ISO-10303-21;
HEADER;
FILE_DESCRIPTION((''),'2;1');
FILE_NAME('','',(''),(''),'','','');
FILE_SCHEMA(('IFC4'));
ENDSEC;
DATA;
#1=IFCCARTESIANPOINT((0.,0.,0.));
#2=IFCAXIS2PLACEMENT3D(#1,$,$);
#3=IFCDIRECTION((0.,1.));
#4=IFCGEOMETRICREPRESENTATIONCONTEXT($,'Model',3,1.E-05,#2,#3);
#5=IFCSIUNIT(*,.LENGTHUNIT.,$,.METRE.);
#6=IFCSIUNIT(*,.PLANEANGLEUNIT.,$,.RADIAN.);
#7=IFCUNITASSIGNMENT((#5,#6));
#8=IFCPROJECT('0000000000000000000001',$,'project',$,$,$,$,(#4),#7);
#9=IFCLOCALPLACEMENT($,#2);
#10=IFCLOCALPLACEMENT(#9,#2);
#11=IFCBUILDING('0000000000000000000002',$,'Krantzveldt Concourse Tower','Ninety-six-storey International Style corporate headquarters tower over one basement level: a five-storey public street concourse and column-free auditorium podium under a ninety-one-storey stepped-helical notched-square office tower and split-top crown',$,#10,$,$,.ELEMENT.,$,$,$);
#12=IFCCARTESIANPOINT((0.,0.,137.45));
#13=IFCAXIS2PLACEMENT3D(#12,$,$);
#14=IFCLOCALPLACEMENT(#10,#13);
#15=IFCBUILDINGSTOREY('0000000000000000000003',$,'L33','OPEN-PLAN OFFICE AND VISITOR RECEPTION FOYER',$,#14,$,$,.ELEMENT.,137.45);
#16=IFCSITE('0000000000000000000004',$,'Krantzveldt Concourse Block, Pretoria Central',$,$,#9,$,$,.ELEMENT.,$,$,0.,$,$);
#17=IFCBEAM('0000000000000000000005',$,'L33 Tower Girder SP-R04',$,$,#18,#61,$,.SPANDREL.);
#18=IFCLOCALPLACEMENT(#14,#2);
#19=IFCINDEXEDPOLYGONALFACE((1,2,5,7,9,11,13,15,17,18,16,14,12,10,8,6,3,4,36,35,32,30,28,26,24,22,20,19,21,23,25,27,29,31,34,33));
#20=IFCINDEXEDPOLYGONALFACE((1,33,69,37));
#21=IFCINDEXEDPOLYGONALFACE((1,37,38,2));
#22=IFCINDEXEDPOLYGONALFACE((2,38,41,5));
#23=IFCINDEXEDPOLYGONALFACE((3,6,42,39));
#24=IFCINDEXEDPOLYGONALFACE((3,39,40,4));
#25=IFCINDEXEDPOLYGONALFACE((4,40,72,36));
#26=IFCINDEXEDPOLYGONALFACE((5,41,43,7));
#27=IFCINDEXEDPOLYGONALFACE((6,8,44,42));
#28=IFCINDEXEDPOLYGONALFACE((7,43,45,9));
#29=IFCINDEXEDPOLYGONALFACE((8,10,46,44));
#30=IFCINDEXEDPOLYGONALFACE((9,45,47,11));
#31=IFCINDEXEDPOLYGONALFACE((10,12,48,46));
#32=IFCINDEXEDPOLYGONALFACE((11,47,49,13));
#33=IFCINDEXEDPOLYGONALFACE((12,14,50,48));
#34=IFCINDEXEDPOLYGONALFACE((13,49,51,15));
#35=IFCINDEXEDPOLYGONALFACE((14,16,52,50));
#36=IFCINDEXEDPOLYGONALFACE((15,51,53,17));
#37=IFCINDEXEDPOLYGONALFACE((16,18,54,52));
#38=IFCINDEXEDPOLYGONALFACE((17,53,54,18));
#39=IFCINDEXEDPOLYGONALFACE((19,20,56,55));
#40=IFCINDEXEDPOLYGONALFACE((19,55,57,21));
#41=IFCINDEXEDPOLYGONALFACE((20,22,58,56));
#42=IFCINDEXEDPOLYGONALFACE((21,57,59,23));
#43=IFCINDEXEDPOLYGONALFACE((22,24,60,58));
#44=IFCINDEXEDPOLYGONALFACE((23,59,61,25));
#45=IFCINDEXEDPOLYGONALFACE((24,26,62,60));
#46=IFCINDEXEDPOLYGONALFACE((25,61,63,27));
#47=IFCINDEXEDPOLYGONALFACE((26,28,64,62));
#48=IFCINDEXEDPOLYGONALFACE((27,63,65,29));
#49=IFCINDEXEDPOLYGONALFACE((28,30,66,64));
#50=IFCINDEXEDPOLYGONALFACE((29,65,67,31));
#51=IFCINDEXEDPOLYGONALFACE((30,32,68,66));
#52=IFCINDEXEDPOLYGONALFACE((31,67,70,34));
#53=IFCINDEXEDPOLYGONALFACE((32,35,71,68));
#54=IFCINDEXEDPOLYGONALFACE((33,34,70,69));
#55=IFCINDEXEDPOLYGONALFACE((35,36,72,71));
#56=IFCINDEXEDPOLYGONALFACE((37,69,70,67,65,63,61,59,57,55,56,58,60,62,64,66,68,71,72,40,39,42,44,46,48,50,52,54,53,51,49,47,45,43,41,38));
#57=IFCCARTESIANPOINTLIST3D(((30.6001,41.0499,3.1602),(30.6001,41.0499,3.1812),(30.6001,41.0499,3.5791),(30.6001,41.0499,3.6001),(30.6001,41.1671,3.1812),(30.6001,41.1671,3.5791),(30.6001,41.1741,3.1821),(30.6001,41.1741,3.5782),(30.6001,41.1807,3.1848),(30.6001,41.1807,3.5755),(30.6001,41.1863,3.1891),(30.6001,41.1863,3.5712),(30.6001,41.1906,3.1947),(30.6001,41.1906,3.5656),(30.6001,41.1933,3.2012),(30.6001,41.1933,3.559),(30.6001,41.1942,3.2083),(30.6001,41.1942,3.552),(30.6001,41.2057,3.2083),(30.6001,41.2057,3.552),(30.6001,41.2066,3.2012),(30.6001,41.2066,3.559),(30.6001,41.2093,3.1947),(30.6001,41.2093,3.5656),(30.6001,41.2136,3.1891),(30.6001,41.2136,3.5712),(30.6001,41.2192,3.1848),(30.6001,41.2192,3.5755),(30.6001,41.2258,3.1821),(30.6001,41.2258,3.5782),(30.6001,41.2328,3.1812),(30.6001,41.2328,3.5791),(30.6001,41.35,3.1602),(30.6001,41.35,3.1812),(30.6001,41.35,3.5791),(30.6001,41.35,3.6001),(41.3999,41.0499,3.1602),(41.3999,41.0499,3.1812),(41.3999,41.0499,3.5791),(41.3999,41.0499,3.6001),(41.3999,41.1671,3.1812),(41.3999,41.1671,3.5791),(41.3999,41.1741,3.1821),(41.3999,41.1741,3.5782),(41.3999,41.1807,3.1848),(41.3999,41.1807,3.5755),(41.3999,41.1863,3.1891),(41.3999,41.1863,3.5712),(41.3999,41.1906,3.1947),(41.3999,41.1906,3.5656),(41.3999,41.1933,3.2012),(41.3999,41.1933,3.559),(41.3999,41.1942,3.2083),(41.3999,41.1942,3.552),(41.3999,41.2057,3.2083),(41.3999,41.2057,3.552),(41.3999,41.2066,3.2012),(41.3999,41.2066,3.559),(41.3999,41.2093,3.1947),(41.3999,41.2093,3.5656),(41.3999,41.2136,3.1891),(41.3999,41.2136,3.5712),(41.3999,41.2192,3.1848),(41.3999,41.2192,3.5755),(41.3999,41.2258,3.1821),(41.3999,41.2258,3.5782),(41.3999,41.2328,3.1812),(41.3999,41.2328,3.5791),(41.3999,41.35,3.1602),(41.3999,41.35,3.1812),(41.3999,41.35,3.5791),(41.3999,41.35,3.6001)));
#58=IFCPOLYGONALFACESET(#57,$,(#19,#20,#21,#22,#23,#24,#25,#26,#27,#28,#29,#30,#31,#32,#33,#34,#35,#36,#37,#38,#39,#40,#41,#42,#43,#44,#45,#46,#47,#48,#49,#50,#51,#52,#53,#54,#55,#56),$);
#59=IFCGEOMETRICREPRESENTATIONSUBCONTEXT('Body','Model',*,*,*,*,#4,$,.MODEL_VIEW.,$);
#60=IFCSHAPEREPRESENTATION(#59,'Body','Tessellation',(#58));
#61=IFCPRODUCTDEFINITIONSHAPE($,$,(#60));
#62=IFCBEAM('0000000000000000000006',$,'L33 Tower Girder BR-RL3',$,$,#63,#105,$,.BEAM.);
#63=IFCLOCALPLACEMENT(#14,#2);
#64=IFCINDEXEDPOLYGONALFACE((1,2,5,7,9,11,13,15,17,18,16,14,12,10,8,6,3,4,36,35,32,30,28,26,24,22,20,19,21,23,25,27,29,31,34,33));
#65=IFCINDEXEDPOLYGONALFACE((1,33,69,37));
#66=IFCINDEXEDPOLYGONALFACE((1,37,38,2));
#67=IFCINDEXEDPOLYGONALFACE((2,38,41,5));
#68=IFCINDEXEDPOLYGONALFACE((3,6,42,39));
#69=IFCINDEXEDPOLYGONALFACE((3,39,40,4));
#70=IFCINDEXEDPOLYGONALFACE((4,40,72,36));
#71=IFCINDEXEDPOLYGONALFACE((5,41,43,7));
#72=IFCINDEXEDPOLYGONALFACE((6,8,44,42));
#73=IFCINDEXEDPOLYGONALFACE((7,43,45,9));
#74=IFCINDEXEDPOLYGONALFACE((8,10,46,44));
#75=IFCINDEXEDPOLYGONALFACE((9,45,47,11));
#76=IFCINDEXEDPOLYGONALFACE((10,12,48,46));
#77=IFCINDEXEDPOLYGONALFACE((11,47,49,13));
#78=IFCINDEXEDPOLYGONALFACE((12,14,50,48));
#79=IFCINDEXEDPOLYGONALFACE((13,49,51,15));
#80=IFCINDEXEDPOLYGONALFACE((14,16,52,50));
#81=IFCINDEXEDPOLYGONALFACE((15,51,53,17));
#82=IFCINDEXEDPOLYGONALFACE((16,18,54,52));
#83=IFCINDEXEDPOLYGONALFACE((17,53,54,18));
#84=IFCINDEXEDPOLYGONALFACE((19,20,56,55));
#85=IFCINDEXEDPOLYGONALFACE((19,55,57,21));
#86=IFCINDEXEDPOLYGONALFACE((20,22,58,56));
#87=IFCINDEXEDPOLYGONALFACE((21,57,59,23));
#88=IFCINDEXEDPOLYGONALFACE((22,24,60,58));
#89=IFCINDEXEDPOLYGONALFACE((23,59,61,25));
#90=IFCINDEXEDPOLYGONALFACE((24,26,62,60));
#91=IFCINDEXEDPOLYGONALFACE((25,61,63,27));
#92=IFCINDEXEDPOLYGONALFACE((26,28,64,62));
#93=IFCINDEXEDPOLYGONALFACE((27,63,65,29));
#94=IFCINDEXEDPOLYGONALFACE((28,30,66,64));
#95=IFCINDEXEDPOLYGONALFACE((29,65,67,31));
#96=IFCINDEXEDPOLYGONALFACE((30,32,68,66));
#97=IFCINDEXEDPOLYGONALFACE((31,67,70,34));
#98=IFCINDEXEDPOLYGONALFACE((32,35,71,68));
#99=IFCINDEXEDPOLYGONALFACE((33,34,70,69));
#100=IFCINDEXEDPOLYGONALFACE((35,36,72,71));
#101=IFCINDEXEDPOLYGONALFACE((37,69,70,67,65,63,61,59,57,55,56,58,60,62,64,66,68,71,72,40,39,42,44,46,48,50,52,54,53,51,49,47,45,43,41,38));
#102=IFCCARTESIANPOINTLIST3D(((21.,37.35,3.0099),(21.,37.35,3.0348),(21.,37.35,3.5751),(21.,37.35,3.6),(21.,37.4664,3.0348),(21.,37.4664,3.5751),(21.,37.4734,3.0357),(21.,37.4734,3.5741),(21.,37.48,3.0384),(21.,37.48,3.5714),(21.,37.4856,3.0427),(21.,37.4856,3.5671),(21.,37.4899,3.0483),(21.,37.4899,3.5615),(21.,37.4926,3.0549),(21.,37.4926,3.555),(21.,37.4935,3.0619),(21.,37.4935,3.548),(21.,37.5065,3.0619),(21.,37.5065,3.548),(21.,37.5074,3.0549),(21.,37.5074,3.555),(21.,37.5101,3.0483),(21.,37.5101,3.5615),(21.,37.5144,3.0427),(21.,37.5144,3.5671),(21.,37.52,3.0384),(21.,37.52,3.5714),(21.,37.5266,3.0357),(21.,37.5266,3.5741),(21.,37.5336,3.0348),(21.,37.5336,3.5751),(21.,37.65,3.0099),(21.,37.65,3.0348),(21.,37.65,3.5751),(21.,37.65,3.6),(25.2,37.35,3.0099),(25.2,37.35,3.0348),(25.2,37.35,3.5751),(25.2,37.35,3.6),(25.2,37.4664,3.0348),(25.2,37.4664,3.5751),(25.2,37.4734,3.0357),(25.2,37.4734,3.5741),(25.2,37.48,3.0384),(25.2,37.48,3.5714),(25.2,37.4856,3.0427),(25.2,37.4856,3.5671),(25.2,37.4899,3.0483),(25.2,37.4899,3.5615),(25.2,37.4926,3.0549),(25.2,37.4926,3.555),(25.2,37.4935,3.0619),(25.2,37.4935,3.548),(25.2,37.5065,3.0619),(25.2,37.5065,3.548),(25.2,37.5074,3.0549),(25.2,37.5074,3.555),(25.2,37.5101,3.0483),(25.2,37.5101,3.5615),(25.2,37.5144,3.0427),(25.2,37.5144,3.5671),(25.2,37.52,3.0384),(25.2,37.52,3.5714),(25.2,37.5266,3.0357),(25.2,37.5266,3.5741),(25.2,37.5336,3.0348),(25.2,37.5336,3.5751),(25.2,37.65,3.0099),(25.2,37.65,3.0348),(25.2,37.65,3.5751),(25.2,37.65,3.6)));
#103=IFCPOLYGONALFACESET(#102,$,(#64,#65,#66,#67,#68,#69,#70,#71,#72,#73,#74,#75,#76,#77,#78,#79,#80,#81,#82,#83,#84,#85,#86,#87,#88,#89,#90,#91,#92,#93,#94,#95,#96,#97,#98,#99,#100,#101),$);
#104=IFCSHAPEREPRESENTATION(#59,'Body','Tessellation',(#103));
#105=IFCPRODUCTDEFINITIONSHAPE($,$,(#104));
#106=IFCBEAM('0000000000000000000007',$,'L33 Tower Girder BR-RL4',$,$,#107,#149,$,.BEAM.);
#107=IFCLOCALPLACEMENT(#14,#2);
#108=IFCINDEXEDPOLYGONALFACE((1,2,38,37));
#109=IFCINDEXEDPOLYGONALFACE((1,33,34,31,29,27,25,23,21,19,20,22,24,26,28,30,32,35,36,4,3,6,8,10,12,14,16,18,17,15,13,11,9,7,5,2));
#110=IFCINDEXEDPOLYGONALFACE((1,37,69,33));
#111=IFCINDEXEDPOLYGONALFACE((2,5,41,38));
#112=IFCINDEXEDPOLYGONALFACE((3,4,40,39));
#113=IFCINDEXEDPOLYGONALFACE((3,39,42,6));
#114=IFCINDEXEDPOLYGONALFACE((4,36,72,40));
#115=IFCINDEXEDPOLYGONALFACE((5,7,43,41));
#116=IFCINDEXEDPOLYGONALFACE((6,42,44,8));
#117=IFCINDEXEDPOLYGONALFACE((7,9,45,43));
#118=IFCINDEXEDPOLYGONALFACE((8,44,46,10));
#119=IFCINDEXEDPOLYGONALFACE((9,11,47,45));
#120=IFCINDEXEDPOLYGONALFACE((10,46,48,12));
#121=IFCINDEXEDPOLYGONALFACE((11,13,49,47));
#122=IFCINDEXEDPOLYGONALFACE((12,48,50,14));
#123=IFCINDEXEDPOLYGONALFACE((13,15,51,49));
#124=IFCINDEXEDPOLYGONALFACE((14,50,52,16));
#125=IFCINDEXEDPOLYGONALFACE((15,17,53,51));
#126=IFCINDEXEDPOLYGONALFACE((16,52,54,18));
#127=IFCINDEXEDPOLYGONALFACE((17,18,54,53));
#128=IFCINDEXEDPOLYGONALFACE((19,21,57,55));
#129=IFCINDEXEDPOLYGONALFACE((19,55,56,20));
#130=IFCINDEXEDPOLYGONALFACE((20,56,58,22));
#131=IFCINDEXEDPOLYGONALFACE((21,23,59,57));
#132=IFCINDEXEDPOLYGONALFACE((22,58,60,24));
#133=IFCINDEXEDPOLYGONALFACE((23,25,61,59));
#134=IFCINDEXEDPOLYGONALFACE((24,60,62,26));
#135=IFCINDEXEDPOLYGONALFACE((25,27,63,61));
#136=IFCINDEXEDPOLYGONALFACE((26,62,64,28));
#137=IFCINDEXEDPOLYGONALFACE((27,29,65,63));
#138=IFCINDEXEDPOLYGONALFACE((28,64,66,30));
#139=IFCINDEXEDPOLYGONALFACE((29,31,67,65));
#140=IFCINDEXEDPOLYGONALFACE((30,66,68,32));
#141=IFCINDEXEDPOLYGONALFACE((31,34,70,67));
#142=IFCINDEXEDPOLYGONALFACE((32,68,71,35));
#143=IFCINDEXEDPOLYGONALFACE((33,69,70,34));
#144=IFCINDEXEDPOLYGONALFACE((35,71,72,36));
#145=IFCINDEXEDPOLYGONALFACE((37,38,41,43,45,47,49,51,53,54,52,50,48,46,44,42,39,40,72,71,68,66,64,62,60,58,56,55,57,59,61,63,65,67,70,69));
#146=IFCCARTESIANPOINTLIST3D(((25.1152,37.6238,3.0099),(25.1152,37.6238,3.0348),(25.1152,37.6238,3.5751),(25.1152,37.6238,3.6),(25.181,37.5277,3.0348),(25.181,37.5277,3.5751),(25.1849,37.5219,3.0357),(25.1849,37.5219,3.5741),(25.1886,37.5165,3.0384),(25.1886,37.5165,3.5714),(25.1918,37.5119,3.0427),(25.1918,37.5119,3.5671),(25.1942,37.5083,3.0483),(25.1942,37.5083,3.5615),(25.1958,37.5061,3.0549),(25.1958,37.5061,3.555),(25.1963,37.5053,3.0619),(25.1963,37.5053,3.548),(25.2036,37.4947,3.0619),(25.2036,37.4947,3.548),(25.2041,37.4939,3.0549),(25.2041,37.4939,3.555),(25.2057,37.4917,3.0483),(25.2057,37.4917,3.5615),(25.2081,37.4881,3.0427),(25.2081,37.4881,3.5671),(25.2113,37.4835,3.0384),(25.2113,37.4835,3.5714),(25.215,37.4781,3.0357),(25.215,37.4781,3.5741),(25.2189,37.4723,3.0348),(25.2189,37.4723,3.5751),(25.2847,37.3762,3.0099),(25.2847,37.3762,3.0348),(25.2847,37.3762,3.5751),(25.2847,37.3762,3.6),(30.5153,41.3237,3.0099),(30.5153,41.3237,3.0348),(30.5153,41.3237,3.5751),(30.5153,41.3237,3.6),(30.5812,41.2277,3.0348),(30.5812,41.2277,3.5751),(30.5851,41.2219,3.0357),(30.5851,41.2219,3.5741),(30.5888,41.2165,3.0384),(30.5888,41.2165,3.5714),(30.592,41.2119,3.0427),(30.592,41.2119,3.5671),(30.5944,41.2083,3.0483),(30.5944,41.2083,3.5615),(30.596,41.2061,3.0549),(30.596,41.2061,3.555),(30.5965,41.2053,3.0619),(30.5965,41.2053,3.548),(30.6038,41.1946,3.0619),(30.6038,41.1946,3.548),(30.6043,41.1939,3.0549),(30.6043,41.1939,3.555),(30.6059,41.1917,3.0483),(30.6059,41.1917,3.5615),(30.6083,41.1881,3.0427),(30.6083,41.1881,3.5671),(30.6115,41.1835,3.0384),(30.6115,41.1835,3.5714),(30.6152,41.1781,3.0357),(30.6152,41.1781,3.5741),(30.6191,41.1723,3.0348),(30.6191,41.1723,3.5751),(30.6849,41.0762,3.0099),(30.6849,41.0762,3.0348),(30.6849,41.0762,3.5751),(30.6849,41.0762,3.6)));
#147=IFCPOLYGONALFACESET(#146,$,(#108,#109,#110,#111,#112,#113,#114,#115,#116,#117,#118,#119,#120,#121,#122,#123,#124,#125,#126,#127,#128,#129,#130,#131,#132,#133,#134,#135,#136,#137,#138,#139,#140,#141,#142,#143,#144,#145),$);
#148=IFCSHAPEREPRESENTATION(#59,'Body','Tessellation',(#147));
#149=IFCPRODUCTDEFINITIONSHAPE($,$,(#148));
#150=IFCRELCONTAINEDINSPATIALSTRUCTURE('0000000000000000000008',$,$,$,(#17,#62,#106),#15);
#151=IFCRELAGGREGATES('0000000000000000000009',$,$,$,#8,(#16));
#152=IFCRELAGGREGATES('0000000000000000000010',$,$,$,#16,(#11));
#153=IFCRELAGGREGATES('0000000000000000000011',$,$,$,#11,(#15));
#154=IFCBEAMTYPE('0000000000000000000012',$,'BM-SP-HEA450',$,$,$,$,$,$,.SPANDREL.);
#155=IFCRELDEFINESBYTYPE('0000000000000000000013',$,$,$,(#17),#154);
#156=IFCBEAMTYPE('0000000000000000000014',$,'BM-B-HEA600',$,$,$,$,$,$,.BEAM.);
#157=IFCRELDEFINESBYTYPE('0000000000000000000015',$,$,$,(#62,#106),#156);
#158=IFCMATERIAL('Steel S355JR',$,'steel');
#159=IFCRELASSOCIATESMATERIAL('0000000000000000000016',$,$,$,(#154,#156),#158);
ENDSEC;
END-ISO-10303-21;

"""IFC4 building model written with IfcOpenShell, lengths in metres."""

from ifc_helpers import new_model, si_unit, direction, frame, origin, origin_2d, place, context, subcontext, project, spatial, i_section, extrude, source, transform, mapped, material, material_profile, profile_set, type_object, type_shapes, element, save


model = new_model("IFC4")

# Units and contexts
model_context = context("Model", 3, precision=1e-05, world=origin(), true_north=direction((0.0, 1.0)))
body_context = subcontext(model_context, "Body", "Model", "MODEL_VIEW")
ifc_project = project(units=[si_unit("LENGTHUNIT", "METRE"), si_unit("PLANEANGLEUNIT", "RADIAN")], contexts=[model_context])

# Site, building, storey
site_placement = place(None, origin())
site = spatial("IfcSite", under=ifc_project, at=site_placement, Name="Krantzveldt Concourse Block, Pretoria Central", CompositionType="ELEMENT", RefElevation=0.0)
building_placement = place(site_placement, origin())
building = spatial("IfcBuilding", under=site, at=building_placement, Name="Krantzveldt Concourse Tower", Description="Ninety-six-storey International Style corporate headquarters tower over one basement level: a five-storey public street concourse and column-free auditorium podium under a ninety-one-storey stepped-helical notched-square office tower and split-top crown", CompositionType="ELEMENT")
storey_placement = place(building_placement, frame((0.0, 0.0, 137.45)))
storey = spatial("IfcBuildingStorey", under=building, at=storey_placement, Name="L33", Description="OPEN-PLAN OFFICE AND VISITOR RECEPTION FOYER", CompositionType="ELEMENT", Elevation=137.45)

# Beams
ifc_material_1 = material(Name="Steel S355JR", Category="steel")
ifc_material_profile_1 = material_profile(ifc_material_1, i_section(OverallWidth=0.3, OverallDepth=0.4399, WebThickness=0.0115, FlangeThickness=0.021, FilletRadius=0.0271, at=origin_2d()), Name="Steel S355JR", Category="steel")
ifc_profile_set_1 = profile_set([ifc_material_profile_1], Name="Steel S355JR - HEA 450")
beam_type_1 = type_object("IfcBeamType", Name="BM-SP-HEA450", PredefinedType="SPANDREL", material=ifc_profile_set_1)
shared_shape_1 = source(origin(), body_context, "Body", "SweptSolid", [
    extrude(i_section(OverallWidth=0.3, OverallDepth=0.4399, WebThickness=0.0115, FlangeThickness=0.021, FilletRadius=0.0271, at=origin_2d()), origin(), (0.0, 0.0, 1.0), 10.7998),
])
beam_1_placement = place(storey_placement, frame((30.6001, 41.2, 3.3801), z_axis=(1.0, 0.0, 0.0), x_axis=(0.0, 1.0, 0.0)))
element("IfcBeam", 1, at=beam_1_placement, inside=storey, type_object=beam_type_1, Name="L33 Tower Girder SP-R04", PredefinedType="SPANDREL", context=body_context, shape_type="MappedRepresentation", body=[
    mapped(shared_shape_1, transform((0.0, 0.0, 0.0), x_axis=(1.0, 0.0, 0.0), y_axis=(0.0, 1.0, 0.0), z_axis=(0.0, 0.0, 1.0), scale=1.0)),
])
ifc_material_profile_2 = material_profile(ifc_material_1, i_section(OverallWidth=0.3, OverallDepth=0.5901, WebThickness=0.0129, FlangeThickness=0.0249, FilletRadius=0.0271, at=origin_2d()), Name="Steel S355JR", Category="steel")
ifc_profile_set_2 = profile_set([ifc_material_profile_2], Name="Steel S355JR - HEA 600")
beam_type_2 = type_object("IfcBeamType", Name="BM-B-HEA600", PredefinedType="BEAM", material=ifc_profile_set_2)
shared_shape_2 = source(origin(), body_context, "Body", "SweptSolid", [
    extrude(i_section(OverallWidth=0.3, OverallDepth=0.5901, WebThickness=0.0129, FlangeThickness=0.0249, FilletRadius=0.0271, at=origin_2d()), origin(), (0.0, 0.0, 1.0), 4.2),
])
beam_2_placement = place(storey_placement, frame((21.0, 37.5, 3.3049), z_axis=(1.0, 0.0, 0.0), x_axis=(0.0, 1.0, 0.0)))
element("IfcBeam", 2, at=beam_2_placement, inside=storey, type_object=beam_type_2, Name="L33 Tower Girder BR-RL3", PredefinedType="BEAM", context=body_context, shape_type="MappedRepresentation", body=[
    mapped(shared_shape_2, transform((0.0, 0.0, 0.0), x_axis=(1.0, 0.0, 0.0), y_axis=(0.0, 1.0, 0.0), z_axis=(0.0, 0.0, 1.0), scale=1.0)),
])
shared_shape_3 = source(origin(), body_context, "Body", "SweptSolid", [
    extrude(i_section(OverallWidth=0.3, OverallDepth=0.5901, WebThickness=0.0129, FlangeThickness=0.0249, FilletRadius=0.0271, at=origin_2d()), origin(), (0.0, 0.0, 1.0), 6.5461),
])
type_shapes(beam_type_2, [shared_shape_2, shared_shape_3])
beam_3_placement = place(storey_placement, frame((25.2, 37.5, 3.3049), z_axis=(0.824943, 0.565216, 0.0), x_axis=(-0.565216, 0.824943, 0.0)))
element("IfcBeam", 3, at=beam_3_placement, inside=storey, type_object=beam_type_2, Name="L33 Tower Girder BR-RL4", PredefinedType="BEAM", context=body_context, shape_type="MappedRepresentation", body=[
    mapped(shared_shape_3, transform((0.0, 0.0, 0.0), x_axis=(1.0, 0.0, 0.0), y_axis=(0.0, 1.0, 0.0), z_axis=(0.0, 0.0, 1.0), scale=1.0)),
])

save(model, "model.ifc")
